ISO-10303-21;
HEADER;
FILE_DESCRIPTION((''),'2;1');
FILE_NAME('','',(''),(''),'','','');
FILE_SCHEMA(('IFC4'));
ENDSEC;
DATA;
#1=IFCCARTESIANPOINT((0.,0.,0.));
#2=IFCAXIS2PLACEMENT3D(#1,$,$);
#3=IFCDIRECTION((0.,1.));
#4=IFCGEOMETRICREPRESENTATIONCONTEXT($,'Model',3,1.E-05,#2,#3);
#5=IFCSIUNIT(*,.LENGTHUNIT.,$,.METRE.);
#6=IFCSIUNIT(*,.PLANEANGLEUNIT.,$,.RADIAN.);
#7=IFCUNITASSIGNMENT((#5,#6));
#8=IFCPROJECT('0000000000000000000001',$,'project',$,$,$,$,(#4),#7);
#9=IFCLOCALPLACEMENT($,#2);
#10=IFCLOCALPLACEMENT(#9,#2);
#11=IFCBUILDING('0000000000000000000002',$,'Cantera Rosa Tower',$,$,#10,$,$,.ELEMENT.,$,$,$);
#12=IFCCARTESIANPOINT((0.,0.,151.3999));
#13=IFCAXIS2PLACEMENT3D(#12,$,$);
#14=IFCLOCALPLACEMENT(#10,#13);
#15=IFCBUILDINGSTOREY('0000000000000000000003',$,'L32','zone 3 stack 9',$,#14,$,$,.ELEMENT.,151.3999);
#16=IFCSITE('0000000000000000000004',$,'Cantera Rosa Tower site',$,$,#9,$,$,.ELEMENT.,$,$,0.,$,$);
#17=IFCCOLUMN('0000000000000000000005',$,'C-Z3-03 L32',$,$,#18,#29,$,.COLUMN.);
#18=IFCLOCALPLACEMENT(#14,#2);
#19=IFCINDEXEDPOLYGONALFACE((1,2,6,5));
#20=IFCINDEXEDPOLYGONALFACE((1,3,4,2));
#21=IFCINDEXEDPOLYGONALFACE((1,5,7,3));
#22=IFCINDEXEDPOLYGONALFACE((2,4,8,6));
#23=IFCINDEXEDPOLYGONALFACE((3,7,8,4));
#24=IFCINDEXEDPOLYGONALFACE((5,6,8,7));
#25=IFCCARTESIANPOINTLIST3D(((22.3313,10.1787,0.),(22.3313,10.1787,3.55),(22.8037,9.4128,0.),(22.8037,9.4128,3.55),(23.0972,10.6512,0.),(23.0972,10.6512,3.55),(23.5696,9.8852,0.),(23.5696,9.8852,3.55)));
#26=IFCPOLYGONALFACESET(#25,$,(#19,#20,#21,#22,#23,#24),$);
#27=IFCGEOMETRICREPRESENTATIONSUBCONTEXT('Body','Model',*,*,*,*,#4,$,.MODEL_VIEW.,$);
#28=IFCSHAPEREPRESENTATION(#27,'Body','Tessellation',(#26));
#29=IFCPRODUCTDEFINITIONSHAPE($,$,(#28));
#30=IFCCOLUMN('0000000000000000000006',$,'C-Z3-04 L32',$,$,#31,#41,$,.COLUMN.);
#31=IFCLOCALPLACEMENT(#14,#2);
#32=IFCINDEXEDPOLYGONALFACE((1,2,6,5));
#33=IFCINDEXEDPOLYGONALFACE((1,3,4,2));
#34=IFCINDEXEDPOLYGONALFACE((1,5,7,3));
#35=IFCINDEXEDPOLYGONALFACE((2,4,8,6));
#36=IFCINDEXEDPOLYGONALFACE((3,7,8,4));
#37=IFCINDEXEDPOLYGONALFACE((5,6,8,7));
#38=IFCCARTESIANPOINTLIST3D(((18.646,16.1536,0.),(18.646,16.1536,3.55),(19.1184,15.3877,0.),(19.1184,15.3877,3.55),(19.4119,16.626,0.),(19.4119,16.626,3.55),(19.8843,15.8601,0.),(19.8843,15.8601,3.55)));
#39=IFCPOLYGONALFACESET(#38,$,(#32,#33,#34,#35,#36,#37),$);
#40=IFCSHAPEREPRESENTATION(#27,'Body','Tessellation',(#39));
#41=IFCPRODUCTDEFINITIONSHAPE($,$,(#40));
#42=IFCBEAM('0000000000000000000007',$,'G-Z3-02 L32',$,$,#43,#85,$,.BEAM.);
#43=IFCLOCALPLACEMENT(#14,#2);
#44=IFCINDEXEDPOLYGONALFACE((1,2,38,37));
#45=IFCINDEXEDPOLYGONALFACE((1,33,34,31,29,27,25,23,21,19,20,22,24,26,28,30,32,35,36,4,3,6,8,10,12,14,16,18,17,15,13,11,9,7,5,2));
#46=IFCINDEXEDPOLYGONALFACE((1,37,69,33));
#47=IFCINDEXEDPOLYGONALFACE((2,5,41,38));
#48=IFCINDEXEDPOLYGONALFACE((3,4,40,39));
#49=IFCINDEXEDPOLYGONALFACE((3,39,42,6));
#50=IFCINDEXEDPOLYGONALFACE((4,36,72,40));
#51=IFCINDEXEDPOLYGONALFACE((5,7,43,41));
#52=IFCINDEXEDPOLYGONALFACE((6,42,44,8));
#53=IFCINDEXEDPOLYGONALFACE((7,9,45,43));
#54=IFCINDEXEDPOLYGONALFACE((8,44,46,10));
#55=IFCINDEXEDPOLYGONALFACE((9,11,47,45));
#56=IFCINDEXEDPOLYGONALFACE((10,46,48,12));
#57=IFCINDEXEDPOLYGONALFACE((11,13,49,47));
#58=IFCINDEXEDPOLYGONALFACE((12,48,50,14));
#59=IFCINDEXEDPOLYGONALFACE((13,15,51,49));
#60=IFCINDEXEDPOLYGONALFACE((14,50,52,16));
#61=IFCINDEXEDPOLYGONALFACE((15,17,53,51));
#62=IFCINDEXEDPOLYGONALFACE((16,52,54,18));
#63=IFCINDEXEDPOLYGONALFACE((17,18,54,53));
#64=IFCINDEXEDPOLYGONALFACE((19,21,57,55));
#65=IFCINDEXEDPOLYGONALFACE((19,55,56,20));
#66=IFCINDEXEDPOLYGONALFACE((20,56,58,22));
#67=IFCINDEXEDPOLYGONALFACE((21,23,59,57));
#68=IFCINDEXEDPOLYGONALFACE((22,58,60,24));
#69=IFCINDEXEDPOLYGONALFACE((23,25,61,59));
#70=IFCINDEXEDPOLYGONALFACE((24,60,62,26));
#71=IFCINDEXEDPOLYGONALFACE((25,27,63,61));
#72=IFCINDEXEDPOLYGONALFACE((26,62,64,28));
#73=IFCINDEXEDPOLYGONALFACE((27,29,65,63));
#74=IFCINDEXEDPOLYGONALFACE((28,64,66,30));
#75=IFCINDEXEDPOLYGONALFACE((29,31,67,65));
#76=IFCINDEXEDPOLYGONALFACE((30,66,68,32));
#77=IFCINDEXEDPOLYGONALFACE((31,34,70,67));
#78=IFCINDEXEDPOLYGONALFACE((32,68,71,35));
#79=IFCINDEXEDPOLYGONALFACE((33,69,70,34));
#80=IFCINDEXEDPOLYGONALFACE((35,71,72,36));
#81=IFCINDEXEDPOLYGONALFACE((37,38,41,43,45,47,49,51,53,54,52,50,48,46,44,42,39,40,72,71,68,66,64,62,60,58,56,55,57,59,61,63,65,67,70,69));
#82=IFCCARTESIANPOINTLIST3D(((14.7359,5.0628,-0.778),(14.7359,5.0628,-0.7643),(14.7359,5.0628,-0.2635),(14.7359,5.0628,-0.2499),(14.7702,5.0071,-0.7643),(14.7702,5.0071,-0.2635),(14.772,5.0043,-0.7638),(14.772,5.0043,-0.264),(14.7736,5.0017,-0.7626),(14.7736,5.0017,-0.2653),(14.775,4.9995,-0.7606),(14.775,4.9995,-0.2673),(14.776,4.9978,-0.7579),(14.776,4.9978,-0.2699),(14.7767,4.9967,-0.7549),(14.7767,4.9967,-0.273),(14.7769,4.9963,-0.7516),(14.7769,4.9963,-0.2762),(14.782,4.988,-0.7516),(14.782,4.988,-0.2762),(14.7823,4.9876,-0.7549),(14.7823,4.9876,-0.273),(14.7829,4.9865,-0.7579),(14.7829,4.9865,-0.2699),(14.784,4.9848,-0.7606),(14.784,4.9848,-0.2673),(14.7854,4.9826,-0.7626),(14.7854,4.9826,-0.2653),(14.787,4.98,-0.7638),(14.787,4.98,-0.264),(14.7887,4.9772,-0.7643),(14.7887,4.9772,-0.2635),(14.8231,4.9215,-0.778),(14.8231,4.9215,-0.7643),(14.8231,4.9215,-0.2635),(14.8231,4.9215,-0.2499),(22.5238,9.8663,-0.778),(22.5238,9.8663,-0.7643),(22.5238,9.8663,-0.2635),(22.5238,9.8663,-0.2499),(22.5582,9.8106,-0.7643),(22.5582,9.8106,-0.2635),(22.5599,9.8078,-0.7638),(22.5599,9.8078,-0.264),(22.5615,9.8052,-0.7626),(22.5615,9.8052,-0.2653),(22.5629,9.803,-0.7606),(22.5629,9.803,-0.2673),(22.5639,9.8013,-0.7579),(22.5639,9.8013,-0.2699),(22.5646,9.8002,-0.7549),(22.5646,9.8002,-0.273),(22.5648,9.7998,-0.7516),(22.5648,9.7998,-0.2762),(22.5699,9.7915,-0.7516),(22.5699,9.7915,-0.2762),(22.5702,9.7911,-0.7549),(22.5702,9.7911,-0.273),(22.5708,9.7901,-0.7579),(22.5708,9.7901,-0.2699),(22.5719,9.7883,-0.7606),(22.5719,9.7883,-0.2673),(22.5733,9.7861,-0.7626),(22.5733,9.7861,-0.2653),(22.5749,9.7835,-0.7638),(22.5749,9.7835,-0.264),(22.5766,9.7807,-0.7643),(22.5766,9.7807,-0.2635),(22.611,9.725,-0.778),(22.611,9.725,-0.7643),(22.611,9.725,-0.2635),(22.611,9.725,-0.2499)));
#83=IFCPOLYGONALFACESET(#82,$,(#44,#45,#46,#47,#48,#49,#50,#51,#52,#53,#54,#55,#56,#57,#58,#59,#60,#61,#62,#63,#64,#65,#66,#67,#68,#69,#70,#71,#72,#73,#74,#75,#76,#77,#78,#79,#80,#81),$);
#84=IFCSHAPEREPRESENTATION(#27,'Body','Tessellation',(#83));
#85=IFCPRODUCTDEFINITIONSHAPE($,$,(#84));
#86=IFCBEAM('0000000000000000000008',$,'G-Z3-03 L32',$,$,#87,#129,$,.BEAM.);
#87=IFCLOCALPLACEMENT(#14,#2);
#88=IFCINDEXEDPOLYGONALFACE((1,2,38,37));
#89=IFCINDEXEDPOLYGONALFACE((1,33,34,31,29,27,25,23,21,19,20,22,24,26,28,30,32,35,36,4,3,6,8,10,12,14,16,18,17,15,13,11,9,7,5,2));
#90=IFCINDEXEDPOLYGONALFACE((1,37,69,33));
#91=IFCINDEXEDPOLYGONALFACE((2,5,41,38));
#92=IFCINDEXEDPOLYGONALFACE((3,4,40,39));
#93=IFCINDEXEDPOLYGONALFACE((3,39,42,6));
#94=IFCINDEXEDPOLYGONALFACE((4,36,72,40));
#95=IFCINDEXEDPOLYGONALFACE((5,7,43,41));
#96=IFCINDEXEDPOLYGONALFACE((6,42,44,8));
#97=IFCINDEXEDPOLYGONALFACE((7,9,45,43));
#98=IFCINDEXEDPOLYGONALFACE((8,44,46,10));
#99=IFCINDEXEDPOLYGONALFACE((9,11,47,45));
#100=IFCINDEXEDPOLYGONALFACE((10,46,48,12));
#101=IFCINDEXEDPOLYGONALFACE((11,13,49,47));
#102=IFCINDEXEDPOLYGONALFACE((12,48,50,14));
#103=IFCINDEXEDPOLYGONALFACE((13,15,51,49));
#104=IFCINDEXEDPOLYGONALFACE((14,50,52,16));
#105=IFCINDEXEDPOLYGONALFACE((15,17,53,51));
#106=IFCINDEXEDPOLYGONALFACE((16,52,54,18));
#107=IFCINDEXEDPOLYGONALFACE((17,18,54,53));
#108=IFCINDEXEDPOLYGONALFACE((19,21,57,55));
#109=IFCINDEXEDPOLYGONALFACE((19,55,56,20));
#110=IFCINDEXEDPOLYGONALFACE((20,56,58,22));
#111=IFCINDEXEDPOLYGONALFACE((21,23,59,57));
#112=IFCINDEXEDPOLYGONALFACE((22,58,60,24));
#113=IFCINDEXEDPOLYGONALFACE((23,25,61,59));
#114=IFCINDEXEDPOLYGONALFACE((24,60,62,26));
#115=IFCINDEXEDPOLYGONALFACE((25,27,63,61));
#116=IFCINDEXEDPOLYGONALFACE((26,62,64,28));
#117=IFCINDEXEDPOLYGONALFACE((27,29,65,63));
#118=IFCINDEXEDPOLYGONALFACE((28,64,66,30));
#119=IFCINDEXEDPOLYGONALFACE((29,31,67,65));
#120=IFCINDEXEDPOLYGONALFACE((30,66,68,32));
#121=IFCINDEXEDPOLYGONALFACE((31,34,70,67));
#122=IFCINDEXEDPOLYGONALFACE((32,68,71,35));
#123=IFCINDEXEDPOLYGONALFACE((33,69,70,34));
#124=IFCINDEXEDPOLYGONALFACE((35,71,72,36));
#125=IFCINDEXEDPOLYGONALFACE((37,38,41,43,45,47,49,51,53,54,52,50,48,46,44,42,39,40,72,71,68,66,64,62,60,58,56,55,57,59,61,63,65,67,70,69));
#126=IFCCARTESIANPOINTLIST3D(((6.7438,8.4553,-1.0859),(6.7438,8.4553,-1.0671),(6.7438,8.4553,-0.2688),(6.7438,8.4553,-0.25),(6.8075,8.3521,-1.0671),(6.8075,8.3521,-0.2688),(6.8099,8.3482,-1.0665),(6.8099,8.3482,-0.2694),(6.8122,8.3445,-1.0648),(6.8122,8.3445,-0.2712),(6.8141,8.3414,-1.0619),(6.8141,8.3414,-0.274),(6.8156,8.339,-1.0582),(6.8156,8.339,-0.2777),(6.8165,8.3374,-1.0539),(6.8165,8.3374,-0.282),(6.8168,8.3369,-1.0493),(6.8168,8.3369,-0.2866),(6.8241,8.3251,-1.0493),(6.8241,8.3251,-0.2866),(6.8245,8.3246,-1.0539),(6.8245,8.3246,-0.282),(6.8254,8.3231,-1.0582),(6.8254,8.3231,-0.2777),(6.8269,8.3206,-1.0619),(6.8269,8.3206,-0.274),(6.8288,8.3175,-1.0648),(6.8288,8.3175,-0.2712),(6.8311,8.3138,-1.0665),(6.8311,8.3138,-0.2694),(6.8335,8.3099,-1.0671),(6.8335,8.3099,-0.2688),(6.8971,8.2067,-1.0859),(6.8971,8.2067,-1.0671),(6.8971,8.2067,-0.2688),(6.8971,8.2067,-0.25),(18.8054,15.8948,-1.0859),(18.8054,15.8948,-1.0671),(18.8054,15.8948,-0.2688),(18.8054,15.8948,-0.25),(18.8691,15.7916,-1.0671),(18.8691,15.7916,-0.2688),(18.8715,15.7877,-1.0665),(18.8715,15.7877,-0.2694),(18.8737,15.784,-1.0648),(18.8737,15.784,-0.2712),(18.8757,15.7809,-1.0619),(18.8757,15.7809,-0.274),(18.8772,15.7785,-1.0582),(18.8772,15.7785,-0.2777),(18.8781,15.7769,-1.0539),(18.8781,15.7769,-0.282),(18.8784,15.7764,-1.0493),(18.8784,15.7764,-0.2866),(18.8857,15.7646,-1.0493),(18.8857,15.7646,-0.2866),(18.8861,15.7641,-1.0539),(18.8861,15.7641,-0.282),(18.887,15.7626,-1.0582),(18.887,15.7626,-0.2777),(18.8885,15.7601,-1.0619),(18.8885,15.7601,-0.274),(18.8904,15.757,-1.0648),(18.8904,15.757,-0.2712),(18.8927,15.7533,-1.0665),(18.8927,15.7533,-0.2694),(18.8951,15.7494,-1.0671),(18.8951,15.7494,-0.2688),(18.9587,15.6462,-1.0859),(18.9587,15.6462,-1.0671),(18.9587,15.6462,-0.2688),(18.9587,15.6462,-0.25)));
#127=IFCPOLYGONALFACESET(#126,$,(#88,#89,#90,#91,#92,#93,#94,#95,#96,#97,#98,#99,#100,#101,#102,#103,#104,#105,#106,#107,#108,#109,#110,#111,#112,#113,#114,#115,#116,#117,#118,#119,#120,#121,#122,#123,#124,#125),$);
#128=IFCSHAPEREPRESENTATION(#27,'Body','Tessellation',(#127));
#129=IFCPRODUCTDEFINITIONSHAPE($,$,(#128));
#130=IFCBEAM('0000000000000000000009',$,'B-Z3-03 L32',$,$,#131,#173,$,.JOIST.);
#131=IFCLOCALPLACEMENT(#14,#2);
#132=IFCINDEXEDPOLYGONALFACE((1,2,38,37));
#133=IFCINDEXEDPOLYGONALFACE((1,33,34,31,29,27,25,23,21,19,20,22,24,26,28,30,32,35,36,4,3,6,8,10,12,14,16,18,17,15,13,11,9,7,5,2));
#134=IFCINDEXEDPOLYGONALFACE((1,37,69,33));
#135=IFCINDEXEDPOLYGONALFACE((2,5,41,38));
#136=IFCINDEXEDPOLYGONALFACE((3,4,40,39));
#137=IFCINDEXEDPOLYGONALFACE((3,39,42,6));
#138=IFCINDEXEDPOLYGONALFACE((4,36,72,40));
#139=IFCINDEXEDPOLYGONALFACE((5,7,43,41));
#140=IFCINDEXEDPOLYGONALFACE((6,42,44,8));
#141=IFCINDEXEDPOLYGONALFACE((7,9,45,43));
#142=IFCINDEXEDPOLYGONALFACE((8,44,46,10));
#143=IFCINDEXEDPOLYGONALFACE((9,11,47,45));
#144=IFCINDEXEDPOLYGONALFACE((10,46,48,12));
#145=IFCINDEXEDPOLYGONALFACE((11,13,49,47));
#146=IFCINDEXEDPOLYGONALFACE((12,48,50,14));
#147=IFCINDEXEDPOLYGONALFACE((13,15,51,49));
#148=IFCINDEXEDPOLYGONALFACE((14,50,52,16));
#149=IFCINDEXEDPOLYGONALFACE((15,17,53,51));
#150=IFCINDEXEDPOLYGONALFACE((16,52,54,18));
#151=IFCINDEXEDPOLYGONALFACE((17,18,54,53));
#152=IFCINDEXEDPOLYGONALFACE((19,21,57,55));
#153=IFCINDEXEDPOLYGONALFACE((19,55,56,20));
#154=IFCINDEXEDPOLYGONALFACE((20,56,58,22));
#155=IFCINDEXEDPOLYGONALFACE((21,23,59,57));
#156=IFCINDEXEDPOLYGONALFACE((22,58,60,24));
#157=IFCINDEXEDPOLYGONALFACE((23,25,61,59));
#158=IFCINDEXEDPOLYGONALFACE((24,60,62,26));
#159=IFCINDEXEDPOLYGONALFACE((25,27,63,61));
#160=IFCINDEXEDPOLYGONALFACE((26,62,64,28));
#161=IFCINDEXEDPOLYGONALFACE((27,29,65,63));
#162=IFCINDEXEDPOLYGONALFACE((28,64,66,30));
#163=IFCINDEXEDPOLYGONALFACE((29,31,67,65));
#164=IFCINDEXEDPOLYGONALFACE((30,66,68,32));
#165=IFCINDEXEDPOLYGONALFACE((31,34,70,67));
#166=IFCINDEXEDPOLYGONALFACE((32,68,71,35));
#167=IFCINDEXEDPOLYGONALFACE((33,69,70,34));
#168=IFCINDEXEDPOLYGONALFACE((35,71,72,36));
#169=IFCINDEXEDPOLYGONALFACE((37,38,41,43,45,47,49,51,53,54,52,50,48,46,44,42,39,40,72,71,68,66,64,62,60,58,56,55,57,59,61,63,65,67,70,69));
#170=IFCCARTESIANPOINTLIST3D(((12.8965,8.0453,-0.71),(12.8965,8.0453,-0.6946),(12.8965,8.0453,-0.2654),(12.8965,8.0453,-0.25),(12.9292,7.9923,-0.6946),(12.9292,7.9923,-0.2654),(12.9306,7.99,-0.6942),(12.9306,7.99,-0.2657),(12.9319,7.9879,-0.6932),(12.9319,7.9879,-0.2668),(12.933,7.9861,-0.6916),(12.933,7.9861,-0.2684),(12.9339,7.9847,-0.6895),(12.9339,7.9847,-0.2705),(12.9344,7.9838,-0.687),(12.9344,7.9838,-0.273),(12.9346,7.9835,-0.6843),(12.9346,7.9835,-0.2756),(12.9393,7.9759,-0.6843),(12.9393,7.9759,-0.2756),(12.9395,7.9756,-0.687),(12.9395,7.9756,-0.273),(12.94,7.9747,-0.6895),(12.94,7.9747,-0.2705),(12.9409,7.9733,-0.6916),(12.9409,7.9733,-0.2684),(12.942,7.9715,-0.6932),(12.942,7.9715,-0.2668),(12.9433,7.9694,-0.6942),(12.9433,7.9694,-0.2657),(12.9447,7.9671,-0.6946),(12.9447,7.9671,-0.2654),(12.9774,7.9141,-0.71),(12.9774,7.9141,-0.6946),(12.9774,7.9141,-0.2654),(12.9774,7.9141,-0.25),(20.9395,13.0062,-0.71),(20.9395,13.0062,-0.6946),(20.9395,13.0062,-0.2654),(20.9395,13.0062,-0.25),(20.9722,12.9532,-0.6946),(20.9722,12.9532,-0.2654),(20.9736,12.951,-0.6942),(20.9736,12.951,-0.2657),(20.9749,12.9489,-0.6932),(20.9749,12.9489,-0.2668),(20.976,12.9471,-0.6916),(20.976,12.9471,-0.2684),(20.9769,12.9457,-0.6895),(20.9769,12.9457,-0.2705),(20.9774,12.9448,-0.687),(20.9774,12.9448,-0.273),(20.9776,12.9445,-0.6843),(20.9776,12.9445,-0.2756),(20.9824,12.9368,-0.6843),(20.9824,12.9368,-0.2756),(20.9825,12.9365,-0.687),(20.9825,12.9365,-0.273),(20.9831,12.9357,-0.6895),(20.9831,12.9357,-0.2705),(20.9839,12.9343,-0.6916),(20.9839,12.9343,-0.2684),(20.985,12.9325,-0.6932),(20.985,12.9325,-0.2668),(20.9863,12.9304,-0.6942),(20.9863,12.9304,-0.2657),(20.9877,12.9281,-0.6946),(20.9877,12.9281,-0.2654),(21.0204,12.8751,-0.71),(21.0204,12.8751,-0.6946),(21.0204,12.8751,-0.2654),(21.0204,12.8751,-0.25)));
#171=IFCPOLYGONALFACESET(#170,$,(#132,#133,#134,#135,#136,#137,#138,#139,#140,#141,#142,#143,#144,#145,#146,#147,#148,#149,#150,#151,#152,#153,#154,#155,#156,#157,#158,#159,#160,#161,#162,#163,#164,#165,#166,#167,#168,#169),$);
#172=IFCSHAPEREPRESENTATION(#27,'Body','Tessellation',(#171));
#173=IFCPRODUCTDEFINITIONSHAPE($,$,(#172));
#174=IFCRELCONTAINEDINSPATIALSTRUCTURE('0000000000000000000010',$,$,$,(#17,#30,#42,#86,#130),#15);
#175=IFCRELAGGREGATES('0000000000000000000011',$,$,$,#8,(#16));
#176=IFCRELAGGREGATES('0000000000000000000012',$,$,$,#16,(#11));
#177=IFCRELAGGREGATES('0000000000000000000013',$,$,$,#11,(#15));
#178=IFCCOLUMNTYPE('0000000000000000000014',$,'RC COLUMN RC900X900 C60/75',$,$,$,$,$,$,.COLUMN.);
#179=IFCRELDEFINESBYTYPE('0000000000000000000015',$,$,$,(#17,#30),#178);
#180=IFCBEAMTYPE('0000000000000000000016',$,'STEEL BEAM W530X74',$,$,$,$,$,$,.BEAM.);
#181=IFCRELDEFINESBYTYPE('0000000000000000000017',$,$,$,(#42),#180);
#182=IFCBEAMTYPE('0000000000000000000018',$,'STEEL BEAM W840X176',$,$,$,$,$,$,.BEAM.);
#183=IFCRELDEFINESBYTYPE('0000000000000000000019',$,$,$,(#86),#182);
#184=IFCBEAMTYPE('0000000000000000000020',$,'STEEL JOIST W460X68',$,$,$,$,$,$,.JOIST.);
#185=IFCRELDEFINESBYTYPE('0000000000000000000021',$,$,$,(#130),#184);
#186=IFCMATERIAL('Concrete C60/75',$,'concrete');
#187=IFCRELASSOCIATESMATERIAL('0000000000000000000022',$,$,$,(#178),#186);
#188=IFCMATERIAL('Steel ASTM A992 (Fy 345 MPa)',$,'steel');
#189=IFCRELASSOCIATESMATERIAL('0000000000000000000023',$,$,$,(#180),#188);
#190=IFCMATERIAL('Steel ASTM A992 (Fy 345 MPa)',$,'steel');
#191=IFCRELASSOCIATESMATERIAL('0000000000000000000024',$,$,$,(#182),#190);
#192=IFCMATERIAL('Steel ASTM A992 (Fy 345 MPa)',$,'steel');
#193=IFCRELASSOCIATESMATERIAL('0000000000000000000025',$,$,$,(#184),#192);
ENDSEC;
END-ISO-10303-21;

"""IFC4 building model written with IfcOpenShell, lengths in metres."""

from ifc_helpers import new_model, si_unit, direction, frame, origin, origin_2d, place, context, subcontext, project, spatial, rectangle, i_section, extrude, material, material_profile, profile_set, type_object, element, save


model = new_model("IFC4")

# Units and contexts
model_context = context("Model", 3, precision=1e-05, world=origin(), true_north=direction((0.0, 1.0)))
body_context = subcontext(model_context, "Body", "Model", "MODEL_VIEW")
ifc_project = project(units=[si_unit("LENGTHUNIT", "METRE"), si_unit("PLANEANGLEUNIT", "RADIAN")], contexts=[model_context])

# Site, building, storey
site_placement = place(None, origin())
site = spatial("IfcSite", under=ifc_project, at=site_placement, Name="Cantera Rosa Tower site", CompositionType="ELEMENT", RefElevation=0.0)
building_placement = place(site_placement, origin())
building = spatial("IfcBuilding", under=site, at=building_placement, Name="Cantera Rosa Tower", CompositionType="ELEMENT")
storey_placement = place(building_placement, frame((0.0, 0.0, 151.3999)))
storey = spatial("IfcBuildingStorey", under=building, at=storey_placement, Name="L32", Description="zone 3 stack 9", CompositionType="ELEMENT", Elevation=151.3999)

# Columns
ifc_material_1 = material(Name="Concrete C60/75", Category="concrete")
ifc_material_profile_1 = material_profile(ifc_material_1, rectangle(XDim=0.8999, YDim=0.8999, at=origin_2d()), Name="RC COLUMN RC900X900 C60/75")
ifc_profile_set_1 = profile_set([ifc_material_profile_1], Name="Concrete C60/75")
column_type = type_object("IfcColumnType", Name="RC COLUMN RC900X900 C60/75", PredefinedType="COLUMN", material=ifc_profile_set_1)
for number, where, z_axis, x_axis, name in (
    (1, (22.9504, 10.032, 0.0), (0.0, 0.0, 1.0), (0.851117, 0.524977, 0.0), "C-Z3-03 L32"),
    (2, (19.2651, 16.0068, 0.0), (0.0, 0.0, 1.0), (0.851117, 0.524977, 0.0), "C-Z3-04 L32"),
):
    element("IfcColumn", number, at=place(storey_placement, frame(where, z_axis=z_axis, x_axis=x_axis)), inside=storey, type_object=column_type, Name=name, PredefinedType="COLUMN", context=body_context, shape_type="SweptSolid", body=[
        extrude(rectangle(XDim=0.8999, YDim=0.8999, at=origin_2d()), origin(), (0.0, 0.0, 1.0), 3.55),
    ])

# Beams
ifc_material_2 = material(Name="Steel ASTM A992 (Fy 345 MPa)", Category="steel")
ifc_material_profile_2 = material_profile(ifc_material_2, i_section(OverallWidth=0.166, OverallDepth=0.5281, WebThickness=0.0098, FlangeThickness=0.0137, FilletRadius=0.0127, at=origin_2d()), Name="W530X74")
ifc_profile_set_2 = profile_set([ifc_material_profile_2], Name="Steel ASTM A992 (Fy 345 MPa)")
beam_type_1 = type_object("IfcBeamType", Name="STEEL BEAM W530X74", PredefinedType="BEAM", material=ifc_profile_set_2)
beam_1_placement = place(storey_placement, frame((22.5674, 9.7957, -0.5139), z_axis=(-0.851124, -0.524965, 0.0), x_axis=(0.524965, -0.851124, 0.0)))
element("IfcBeam", 3, at=beam_1_placement, inside=storey, type_object=beam_type_1, Name="G-Z3-02 L32", PredefinedType="BEAM", context=body_context, shape_type="SweptSolid", body=[
    extrude(i_section(OverallWidth=0.166, OverallDepth=0.5281, WebThickness=0.0098, FlangeThickness=0.0137, FilletRadius=0.0127, at=origin_2d()), origin(), (0.0, 0.0, 1.0), 9.1501),
])
ifc_material_3 = material(Name="Steel ASTM A992 (Fy 345 MPa)", Category="steel")
ifc_material_profile_3 = material_profile(ifc_material_3, i_section(OverallWidth=0.292, OverallDepth=0.8359, WebThickness=0.0139, FlangeThickness=0.0188, FilletRadius=0.0178, at=origin_2d()), Name="W840X176")
ifc_profile_set_3 = profile_set([ifc_material_profile_3], Name="Steel ASTM A992 (Fy 345 MPa)")
beam_type_2 = type_object("IfcBeamType", Name="STEEL BEAM W840X176", PredefinedType="BEAM", material=ifc_profile_set_3)
beam_2_placement = place(storey_placement, frame((18.8821, 15.7705, -0.668), z_axis=(-0.851123, -0.524966, 0.0), x_axis=(0.524966, -0.851123, 0.0)))
element("IfcBeam", 4, at=beam_2_placement, inside=storey, type_object=beam_type_2, Name="G-Z3-03 L32", PredefinedType="BEAM", context=body_context, shape_type="SweptSolid", body=[
    extrude(i_section(OverallWidth=0.292, OverallDepth=0.8359, WebThickness=0.0139, FlangeThickness=0.0188, FilletRadius=0.0178, at=origin_2d()), origin(), (0.0, 0.0, 1.0), 14.1714),
])
ifc_material_4 = material(Name="Steel ASTM A992 (Fy 345 MPa)", Category="steel")
ifc_material_profile_4 = material_profile(ifc_material_4, i_section(OverallWidth=0.1541, OverallDepth=0.46, WebThickness=0.009, FlangeThickness=0.0154, FilletRadius=0.0103, at=origin_2d()), Name="W460X68")
ifc_profile_set_4 = profile_set([ifc_material_profile_4], Name="Steel ASTM A992 (Fy 345 MPa)")
beam_type_3 = type_object("IfcBeamType", Name="STEEL JOIST W460X68", PredefinedType="JOIST", material=ifc_profile_set_4)
beam_3_placement = place(storey_placement, frame((20.98, 12.9407, -0.48), z_axis=(-0.851119, -0.524974, 0.0), x_axis=(0.524974, -0.851119, 0.0)))
element("IfcBeam", 5, at=beam_3_placement, inside=storey, type_object=beam_type_3, Name="B-Z3-03 L32", PredefinedType="JOIST", context=body_context, shape_type="SweptSolid", body=[
    extrude(i_section(OverallWidth=0.1541, OverallDepth=0.46, WebThickness=0.009, FlangeThickness=0.0154, FilletRadius=0.0103, at=origin_2d()), origin(), (0.0, 0.0, 1.0), 9.45),
])

save(model, "model.ifc")
